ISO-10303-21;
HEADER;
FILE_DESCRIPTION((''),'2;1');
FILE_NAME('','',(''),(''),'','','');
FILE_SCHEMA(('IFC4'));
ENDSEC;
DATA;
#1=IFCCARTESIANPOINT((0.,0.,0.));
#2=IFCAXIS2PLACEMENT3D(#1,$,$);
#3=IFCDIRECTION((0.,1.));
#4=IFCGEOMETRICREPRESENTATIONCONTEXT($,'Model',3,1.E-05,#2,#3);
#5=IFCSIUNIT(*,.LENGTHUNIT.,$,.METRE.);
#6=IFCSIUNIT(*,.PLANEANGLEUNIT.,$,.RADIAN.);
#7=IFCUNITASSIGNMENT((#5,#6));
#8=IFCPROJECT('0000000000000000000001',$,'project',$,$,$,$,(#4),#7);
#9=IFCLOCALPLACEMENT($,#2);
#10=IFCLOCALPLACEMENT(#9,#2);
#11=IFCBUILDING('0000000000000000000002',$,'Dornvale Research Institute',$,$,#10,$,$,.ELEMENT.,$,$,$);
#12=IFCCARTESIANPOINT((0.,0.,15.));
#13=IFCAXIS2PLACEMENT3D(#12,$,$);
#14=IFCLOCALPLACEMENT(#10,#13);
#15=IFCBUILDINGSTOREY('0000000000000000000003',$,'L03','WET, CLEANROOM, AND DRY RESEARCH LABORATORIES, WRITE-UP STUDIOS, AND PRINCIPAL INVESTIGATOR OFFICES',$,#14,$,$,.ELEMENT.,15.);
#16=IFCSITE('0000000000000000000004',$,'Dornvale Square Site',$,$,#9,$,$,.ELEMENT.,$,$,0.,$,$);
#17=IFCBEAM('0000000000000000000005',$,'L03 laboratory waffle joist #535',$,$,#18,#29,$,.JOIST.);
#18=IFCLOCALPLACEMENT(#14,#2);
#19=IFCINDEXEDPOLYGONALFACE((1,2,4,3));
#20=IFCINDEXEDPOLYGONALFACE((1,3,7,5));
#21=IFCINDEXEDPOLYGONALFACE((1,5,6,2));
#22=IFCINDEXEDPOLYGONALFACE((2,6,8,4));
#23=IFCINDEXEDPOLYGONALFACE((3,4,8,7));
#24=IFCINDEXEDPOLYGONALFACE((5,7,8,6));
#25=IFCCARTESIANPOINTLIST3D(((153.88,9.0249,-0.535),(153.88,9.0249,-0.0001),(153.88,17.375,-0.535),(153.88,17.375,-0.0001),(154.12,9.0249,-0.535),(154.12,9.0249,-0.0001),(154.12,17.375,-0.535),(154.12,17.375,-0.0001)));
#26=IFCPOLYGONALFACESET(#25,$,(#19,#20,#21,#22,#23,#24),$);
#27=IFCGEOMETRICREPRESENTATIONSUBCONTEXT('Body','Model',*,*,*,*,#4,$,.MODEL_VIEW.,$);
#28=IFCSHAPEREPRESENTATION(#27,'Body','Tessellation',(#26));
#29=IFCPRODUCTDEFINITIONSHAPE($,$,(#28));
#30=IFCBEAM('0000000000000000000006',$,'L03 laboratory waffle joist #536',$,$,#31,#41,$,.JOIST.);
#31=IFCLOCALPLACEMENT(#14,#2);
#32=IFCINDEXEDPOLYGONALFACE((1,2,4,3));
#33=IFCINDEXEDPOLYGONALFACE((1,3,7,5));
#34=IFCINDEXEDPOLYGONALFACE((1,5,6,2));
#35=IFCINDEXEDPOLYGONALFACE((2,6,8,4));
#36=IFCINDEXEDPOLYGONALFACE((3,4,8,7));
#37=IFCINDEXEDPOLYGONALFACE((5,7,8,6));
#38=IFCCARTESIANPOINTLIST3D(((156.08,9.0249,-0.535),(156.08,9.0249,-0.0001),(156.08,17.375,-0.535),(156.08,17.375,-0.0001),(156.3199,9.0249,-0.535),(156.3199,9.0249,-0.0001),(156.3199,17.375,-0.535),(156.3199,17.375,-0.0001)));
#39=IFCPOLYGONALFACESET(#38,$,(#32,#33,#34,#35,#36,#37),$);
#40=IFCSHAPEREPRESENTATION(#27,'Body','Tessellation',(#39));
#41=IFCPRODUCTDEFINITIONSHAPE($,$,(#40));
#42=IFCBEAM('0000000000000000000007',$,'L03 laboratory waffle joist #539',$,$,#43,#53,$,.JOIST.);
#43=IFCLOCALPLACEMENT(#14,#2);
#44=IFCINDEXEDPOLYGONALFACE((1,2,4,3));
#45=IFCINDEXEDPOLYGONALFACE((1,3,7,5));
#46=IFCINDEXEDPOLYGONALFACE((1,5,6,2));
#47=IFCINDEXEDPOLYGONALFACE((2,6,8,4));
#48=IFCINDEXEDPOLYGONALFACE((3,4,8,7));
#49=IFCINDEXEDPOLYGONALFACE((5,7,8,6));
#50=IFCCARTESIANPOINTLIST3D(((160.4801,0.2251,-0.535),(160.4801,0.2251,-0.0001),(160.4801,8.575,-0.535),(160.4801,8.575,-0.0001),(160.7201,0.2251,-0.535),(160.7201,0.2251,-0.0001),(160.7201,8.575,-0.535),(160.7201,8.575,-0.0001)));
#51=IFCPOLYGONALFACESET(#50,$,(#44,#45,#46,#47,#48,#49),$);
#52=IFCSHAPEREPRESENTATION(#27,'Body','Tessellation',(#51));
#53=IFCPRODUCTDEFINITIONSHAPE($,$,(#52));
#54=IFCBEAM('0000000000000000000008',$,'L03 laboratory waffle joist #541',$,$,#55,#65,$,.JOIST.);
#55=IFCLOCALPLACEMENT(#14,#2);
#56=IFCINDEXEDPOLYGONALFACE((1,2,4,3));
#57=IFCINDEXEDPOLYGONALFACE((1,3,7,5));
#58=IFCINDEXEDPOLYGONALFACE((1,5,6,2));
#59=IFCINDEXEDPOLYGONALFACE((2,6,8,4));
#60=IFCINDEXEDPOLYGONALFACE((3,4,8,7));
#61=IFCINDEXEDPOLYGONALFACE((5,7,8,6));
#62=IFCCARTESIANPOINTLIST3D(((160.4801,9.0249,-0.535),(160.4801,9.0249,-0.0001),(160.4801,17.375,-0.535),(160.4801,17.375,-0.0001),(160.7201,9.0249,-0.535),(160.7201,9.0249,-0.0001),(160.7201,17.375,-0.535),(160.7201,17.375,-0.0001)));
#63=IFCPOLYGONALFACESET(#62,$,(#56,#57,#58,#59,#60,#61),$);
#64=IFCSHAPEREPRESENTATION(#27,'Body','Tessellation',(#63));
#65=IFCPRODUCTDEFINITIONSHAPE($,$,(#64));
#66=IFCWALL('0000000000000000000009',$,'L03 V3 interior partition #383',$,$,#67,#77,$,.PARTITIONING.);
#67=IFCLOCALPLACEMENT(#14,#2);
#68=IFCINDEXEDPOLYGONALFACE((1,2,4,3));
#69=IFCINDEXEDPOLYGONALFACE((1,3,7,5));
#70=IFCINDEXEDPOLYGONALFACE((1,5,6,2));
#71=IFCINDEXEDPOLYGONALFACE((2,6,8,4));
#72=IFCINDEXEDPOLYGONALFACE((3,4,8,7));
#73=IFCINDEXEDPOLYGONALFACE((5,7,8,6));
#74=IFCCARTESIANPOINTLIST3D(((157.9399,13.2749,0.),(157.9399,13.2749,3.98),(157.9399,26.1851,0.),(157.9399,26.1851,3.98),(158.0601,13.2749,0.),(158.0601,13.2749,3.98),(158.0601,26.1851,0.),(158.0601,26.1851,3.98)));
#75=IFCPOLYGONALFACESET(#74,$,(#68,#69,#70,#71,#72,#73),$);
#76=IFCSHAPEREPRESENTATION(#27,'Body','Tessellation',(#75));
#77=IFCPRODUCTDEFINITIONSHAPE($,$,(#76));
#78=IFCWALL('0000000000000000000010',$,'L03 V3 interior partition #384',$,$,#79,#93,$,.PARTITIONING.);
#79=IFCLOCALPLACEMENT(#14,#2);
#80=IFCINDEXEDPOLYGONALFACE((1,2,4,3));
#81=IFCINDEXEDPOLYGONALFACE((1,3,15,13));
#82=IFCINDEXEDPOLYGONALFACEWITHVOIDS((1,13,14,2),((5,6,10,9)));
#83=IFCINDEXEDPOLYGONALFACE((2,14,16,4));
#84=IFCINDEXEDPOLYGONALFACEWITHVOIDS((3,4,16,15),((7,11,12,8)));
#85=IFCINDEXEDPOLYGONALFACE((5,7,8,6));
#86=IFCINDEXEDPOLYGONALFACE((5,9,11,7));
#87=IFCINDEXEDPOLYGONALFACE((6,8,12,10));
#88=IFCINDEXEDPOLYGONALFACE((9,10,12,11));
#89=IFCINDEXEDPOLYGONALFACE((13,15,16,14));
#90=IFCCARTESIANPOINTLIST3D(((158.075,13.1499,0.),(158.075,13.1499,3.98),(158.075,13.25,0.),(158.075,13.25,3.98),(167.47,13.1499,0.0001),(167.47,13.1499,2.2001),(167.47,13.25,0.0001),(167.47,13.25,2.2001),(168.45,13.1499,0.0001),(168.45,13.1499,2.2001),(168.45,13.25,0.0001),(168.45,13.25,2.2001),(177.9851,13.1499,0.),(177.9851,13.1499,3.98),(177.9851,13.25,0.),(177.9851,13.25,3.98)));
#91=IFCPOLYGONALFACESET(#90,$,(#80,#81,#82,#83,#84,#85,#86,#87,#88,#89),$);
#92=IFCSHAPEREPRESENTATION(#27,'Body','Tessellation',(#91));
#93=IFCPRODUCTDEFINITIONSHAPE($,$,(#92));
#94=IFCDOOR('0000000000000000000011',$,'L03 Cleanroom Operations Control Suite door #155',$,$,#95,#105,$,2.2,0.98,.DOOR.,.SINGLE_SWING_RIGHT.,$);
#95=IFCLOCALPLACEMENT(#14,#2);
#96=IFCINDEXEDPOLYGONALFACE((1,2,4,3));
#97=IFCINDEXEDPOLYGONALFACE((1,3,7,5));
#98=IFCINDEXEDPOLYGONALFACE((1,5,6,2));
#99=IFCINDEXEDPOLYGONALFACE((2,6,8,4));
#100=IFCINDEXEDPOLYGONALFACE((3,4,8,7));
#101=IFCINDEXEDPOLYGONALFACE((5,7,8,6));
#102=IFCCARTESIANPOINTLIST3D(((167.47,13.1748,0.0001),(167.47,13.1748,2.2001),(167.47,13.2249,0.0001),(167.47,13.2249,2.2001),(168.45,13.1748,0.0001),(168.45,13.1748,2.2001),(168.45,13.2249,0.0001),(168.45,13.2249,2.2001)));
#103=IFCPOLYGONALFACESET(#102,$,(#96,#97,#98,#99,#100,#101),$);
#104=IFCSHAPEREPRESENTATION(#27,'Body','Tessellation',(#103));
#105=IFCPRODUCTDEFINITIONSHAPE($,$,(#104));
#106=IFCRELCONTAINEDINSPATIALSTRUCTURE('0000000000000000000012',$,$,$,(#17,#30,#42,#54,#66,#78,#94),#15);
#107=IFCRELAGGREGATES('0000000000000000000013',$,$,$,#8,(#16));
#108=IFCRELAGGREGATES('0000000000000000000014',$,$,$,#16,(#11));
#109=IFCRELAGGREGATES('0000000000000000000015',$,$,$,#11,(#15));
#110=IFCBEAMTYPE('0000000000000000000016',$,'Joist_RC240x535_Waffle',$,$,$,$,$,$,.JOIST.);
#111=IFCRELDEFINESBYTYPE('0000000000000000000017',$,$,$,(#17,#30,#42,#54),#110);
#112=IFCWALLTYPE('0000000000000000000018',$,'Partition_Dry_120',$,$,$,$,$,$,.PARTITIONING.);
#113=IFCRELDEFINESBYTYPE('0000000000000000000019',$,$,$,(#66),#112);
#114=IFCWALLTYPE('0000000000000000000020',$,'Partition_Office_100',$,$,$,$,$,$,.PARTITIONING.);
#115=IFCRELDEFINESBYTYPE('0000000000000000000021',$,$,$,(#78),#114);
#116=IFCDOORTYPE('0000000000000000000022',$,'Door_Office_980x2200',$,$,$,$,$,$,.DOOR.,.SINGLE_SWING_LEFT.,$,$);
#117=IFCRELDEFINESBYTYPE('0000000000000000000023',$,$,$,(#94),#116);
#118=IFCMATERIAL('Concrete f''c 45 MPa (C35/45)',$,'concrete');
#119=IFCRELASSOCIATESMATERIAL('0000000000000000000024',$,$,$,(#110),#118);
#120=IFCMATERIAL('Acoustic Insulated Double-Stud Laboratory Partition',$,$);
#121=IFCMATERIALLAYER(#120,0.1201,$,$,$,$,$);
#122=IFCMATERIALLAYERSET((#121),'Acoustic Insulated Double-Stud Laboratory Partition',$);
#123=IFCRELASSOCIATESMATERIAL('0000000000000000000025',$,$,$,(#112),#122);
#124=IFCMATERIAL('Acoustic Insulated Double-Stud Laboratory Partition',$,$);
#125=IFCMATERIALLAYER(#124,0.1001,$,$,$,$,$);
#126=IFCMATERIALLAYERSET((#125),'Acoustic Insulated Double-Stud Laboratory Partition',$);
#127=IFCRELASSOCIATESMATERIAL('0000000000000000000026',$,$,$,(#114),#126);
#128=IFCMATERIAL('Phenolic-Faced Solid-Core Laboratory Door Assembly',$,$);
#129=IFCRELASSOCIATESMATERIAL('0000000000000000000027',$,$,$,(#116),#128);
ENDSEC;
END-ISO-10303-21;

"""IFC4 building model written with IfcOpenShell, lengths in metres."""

from ifc_helpers import new_model, si_unit, direction, frame, frame_2d, origin, origin_2d, place, context, subcontext, project, spatial, rectangle, extrude, material, layer, layer_set, material_profile, profile_set, type_object, element, fill, save


model = new_model("IFC4")

# Units and contexts
model_context = context("Model", 3, precision=1e-05, world=origin(), true_north=direction((0.0, 1.0)))
body_context = subcontext(model_context, "Body", "Model", "MODEL_VIEW")
ifc_project = project(units=[si_unit("LENGTHUNIT", "METRE"), si_unit("PLANEANGLEUNIT", "RADIAN")], contexts=[model_context])

# Site, building, storey
site_placement = place(None, origin())
site = spatial("IfcSite", under=ifc_project, at=site_placement, Name="Dornvale Square Site", CompositionType="ELEMENT", RefElevation=0.0)
building_placement = place(site_placement, origin())
building = spatial("IfcBuilding", under=site, at=building_placement, Name="Dornvale Research Institute", CompositionType="ELEMENT")
storey_placement = place(building_placement, frame((0.0, 0.0, 15.0)))
storey = spatial("IfcBuildingStorey", under=building, at=storey_placement, Name="L03", Description="WET, CLEANROOM, AND DRY RESEARCH LABORATORIES, WRITE-UP STUDIOS, AND PRINCIPAL INVESTIGATOR OFFICES", CompositionType="ELEMENT", Elevation=15.0)

# Beams
ifc_material_1 = material(Name="Concrete f'c 45 MPa (C35/45)", Category="concrete")
ifc_material_profile_1 = material_profile(ifc_material_1, rectangle(XDim=0.24, YDim=0.5349, at=origin_2d()), Name="RC 240x535")
ifc_profile_set_1 = profile_set([ifc_material_profile_1], Name="Concrete f'c 45 MPa (C35/45)")
beam_type_1 = type_object("IfcBeamType", Name="Joist_RC240x535_Waffle", PredefinedType="JOIST", material=ifc_profile_set_1)
for number, where, z_axis, x_axis, name in (
    (1, (154.0, 9.0249, -0.2676), (0.0, 1.0, 0.0), (-1.0, 0.0, 0.0), "L03 laboratory waffle joist #535"),
    (2, (156.2, 9.0249, -0.2676), (0.0, 1.0, 0.0), (-1.0, 0.0, 0.0), "L03 laboratory waffle joist #536"),
):
    element("IfcBeam", number, at=place(storey_placement, frame(where, z_axis=z_axis, x_axis=x_axis)), inside=storey, type_object=beam_type_1, Name=name, PredefinedType="JOIST", context=body_context, shape_type="SweptSolid", body=[
        extrude(rectangle(XDim=0.24, YDim=0.5349, at=origin_2d()), origin(), (0.0, 0.0, 1.0), 8.3501),
    ])
beam_1_placement = place(storey_placement, frame((160.6001, 0.2251, -0.2676), z_axis=(0.0, 1.0, 0.0), x_axis=(-1.0, 0.0, 0.0)))
element("IfcBeam", 3, at=beam_1_placement, inside=storey, type_object=beam_type_1, Name="L03 laboratory waffle joist #539", PredefinedType="JOIST", context=body_context, shape_type="SweptSolid", body=[
    extrude(rectangle(XDim=0.24, YDim=0.5349, at=origin_2d()), origin(), (0.0, 0.0, 1.0), 8.3499),
])
beam_2_placement = place(storey_placement, frame((160.6001, 9.0249, -0.2676), z_axis=(0.0, 1.0, 0.0), x_axis=(-1.0, 0.0, 0.0)))
element("IfcBeam", 4, at=beam_2_placement, inside=storey, type_object=beam_type_1, Name="L03 laboratory waffle joist #541", PredefinedType="JOIST", context=body_context, shape_type="SweptSolid", body=[
    extrude(rectangle(XDim=0.24, YDim=0.5349, at=origin_2d()), origin(), (0.0, 0.0, 1.0), 8.3501),
])

# Wall
ifc_material_2 = material(Name="Acoustic Insulated Double-Stud Laboratory Partition")
ifc_layer_1 = layer(ifc_material_2, 0.1201)
ifc_layer_set_1 = layer_set([ifc_layer_1], Name="Acoustic Insulated Double-Stud Laboratory Partition")
wall_type_1 = type_object("IfcWallType", Name="Partition_Dry_120", PredefinedType="PARTITIONING", material=ifc_layer_set_1)
wall_1_placement = place(storey_placement, frame((158.0, 13.2749, 0.0), z_axis=(0.0, 0.0, 1.0), x_axis=(0.0, 1.0, 0.0)))
element("IfcWall", 5, at=wall_1_placement, inside=storey, type_object=wall_type_1, Name="L03 V3 interior partition #383", PredefinedType="PARTITIONING", context=body_context, shape_type="SweptSolid", body=[
    extrude(rectangle(XDim=12.9102, YDim=0.1201, at=frame_2d((6.4551, 0.0))), origin(), (0.0, 0.0, 1.0), 3.98),
])

# Wall, opening, door
ifc_material_3 = material(Name="Acoustic Insulated Double-Stud Laboratory Partition")
ifc_layer_2 = layer(ifc_material_3, 0.1001)
ifc_layer_set_2 = layer_set([ifc_layer_2], Name="Acoustic Insulated Double-Stud Laboratory Partition")
wall_type_2 = type_object("IfcWallType", Name="Partition_Office_100", PredefinedType="PARTITIONING", material=ifc_layer_set_2)
wall_2_placement = place(storey_placement, frame((158.075, 13.2, 0.0), z_axis=(0.0, 0.0, 1.0), x_axis=(1.0, 0.0, 0.0)))
wall_2 = element("IfcWall", 6, at=wall_2_placement, inside=storey, type_object=wall_type_2, Name="L03 V3 interior partition #384", PredefinedType="PARTITIONING", context=body_context, shape_type="SweptSolid", body=[
    extrude(rectangle(XDim=19.9102, YDim=0.1001, at=frame_2d((9.9551, 0.0))), origin(), (0.0, 0.0, 1.0), 3.98),
])
opening_placement = place(wall_2_placement, frame((9.395, 0.0, 0.0)))
opening = element("IfcOpeningElement", 7, at=opening_placement, cuts=wall_2, PredefinedType="OPENING", context=body_context, shape_type="SweptSolid", body=[
    extrude(rectangle(XDim=0.98, YDim=2.2, at=frame_2d((0.49, 1.1001))), frame((0.0, 0.0649, 0.0), z_axis=(0.0, -1.0, 0.0), x_axis=(1.0, 0.0, 0.0)), (0.0, 0.0, 1.0), 0.1301),
])
ifc_material_4 = material(Name="Phenolic-Faced Solid-Core Laboratory Door Assembly")
door_type = type_object("IfcDoorType", Name="Door_Office_980x2200", OperationType="SINGLE_SWING_LEFT", PredefinedType="DOOR", material=ifc_material_4)
door_placement = place(opening_placement, origin())
door = element("IfcDoor", 8, at=door_placement, inside=storey, type_object=door_type, Name="L03 Cleanroom Operations Control Suite door #155", OperationType="SINGLE_SWING_RIGHT", OverallHeight=2.2, OverallWidth=0.98, PredefinedType="DOOR", context=body_context, shape_type="SweptSolid", body=[
    extrude(rectangle(XDim=0.98, YDim=2.2, at=frame_2d((0.49, 1.1001))), frame((0.0, 0.0249, 0.0), z_axis=(0.0, -1.0, 0.0), x_axis=(1.0, 0.0, 0.0)), (0.0, 0.0, 1.0), 0.05),
])
fill(opening, door)

save(model, "model.ifc")
